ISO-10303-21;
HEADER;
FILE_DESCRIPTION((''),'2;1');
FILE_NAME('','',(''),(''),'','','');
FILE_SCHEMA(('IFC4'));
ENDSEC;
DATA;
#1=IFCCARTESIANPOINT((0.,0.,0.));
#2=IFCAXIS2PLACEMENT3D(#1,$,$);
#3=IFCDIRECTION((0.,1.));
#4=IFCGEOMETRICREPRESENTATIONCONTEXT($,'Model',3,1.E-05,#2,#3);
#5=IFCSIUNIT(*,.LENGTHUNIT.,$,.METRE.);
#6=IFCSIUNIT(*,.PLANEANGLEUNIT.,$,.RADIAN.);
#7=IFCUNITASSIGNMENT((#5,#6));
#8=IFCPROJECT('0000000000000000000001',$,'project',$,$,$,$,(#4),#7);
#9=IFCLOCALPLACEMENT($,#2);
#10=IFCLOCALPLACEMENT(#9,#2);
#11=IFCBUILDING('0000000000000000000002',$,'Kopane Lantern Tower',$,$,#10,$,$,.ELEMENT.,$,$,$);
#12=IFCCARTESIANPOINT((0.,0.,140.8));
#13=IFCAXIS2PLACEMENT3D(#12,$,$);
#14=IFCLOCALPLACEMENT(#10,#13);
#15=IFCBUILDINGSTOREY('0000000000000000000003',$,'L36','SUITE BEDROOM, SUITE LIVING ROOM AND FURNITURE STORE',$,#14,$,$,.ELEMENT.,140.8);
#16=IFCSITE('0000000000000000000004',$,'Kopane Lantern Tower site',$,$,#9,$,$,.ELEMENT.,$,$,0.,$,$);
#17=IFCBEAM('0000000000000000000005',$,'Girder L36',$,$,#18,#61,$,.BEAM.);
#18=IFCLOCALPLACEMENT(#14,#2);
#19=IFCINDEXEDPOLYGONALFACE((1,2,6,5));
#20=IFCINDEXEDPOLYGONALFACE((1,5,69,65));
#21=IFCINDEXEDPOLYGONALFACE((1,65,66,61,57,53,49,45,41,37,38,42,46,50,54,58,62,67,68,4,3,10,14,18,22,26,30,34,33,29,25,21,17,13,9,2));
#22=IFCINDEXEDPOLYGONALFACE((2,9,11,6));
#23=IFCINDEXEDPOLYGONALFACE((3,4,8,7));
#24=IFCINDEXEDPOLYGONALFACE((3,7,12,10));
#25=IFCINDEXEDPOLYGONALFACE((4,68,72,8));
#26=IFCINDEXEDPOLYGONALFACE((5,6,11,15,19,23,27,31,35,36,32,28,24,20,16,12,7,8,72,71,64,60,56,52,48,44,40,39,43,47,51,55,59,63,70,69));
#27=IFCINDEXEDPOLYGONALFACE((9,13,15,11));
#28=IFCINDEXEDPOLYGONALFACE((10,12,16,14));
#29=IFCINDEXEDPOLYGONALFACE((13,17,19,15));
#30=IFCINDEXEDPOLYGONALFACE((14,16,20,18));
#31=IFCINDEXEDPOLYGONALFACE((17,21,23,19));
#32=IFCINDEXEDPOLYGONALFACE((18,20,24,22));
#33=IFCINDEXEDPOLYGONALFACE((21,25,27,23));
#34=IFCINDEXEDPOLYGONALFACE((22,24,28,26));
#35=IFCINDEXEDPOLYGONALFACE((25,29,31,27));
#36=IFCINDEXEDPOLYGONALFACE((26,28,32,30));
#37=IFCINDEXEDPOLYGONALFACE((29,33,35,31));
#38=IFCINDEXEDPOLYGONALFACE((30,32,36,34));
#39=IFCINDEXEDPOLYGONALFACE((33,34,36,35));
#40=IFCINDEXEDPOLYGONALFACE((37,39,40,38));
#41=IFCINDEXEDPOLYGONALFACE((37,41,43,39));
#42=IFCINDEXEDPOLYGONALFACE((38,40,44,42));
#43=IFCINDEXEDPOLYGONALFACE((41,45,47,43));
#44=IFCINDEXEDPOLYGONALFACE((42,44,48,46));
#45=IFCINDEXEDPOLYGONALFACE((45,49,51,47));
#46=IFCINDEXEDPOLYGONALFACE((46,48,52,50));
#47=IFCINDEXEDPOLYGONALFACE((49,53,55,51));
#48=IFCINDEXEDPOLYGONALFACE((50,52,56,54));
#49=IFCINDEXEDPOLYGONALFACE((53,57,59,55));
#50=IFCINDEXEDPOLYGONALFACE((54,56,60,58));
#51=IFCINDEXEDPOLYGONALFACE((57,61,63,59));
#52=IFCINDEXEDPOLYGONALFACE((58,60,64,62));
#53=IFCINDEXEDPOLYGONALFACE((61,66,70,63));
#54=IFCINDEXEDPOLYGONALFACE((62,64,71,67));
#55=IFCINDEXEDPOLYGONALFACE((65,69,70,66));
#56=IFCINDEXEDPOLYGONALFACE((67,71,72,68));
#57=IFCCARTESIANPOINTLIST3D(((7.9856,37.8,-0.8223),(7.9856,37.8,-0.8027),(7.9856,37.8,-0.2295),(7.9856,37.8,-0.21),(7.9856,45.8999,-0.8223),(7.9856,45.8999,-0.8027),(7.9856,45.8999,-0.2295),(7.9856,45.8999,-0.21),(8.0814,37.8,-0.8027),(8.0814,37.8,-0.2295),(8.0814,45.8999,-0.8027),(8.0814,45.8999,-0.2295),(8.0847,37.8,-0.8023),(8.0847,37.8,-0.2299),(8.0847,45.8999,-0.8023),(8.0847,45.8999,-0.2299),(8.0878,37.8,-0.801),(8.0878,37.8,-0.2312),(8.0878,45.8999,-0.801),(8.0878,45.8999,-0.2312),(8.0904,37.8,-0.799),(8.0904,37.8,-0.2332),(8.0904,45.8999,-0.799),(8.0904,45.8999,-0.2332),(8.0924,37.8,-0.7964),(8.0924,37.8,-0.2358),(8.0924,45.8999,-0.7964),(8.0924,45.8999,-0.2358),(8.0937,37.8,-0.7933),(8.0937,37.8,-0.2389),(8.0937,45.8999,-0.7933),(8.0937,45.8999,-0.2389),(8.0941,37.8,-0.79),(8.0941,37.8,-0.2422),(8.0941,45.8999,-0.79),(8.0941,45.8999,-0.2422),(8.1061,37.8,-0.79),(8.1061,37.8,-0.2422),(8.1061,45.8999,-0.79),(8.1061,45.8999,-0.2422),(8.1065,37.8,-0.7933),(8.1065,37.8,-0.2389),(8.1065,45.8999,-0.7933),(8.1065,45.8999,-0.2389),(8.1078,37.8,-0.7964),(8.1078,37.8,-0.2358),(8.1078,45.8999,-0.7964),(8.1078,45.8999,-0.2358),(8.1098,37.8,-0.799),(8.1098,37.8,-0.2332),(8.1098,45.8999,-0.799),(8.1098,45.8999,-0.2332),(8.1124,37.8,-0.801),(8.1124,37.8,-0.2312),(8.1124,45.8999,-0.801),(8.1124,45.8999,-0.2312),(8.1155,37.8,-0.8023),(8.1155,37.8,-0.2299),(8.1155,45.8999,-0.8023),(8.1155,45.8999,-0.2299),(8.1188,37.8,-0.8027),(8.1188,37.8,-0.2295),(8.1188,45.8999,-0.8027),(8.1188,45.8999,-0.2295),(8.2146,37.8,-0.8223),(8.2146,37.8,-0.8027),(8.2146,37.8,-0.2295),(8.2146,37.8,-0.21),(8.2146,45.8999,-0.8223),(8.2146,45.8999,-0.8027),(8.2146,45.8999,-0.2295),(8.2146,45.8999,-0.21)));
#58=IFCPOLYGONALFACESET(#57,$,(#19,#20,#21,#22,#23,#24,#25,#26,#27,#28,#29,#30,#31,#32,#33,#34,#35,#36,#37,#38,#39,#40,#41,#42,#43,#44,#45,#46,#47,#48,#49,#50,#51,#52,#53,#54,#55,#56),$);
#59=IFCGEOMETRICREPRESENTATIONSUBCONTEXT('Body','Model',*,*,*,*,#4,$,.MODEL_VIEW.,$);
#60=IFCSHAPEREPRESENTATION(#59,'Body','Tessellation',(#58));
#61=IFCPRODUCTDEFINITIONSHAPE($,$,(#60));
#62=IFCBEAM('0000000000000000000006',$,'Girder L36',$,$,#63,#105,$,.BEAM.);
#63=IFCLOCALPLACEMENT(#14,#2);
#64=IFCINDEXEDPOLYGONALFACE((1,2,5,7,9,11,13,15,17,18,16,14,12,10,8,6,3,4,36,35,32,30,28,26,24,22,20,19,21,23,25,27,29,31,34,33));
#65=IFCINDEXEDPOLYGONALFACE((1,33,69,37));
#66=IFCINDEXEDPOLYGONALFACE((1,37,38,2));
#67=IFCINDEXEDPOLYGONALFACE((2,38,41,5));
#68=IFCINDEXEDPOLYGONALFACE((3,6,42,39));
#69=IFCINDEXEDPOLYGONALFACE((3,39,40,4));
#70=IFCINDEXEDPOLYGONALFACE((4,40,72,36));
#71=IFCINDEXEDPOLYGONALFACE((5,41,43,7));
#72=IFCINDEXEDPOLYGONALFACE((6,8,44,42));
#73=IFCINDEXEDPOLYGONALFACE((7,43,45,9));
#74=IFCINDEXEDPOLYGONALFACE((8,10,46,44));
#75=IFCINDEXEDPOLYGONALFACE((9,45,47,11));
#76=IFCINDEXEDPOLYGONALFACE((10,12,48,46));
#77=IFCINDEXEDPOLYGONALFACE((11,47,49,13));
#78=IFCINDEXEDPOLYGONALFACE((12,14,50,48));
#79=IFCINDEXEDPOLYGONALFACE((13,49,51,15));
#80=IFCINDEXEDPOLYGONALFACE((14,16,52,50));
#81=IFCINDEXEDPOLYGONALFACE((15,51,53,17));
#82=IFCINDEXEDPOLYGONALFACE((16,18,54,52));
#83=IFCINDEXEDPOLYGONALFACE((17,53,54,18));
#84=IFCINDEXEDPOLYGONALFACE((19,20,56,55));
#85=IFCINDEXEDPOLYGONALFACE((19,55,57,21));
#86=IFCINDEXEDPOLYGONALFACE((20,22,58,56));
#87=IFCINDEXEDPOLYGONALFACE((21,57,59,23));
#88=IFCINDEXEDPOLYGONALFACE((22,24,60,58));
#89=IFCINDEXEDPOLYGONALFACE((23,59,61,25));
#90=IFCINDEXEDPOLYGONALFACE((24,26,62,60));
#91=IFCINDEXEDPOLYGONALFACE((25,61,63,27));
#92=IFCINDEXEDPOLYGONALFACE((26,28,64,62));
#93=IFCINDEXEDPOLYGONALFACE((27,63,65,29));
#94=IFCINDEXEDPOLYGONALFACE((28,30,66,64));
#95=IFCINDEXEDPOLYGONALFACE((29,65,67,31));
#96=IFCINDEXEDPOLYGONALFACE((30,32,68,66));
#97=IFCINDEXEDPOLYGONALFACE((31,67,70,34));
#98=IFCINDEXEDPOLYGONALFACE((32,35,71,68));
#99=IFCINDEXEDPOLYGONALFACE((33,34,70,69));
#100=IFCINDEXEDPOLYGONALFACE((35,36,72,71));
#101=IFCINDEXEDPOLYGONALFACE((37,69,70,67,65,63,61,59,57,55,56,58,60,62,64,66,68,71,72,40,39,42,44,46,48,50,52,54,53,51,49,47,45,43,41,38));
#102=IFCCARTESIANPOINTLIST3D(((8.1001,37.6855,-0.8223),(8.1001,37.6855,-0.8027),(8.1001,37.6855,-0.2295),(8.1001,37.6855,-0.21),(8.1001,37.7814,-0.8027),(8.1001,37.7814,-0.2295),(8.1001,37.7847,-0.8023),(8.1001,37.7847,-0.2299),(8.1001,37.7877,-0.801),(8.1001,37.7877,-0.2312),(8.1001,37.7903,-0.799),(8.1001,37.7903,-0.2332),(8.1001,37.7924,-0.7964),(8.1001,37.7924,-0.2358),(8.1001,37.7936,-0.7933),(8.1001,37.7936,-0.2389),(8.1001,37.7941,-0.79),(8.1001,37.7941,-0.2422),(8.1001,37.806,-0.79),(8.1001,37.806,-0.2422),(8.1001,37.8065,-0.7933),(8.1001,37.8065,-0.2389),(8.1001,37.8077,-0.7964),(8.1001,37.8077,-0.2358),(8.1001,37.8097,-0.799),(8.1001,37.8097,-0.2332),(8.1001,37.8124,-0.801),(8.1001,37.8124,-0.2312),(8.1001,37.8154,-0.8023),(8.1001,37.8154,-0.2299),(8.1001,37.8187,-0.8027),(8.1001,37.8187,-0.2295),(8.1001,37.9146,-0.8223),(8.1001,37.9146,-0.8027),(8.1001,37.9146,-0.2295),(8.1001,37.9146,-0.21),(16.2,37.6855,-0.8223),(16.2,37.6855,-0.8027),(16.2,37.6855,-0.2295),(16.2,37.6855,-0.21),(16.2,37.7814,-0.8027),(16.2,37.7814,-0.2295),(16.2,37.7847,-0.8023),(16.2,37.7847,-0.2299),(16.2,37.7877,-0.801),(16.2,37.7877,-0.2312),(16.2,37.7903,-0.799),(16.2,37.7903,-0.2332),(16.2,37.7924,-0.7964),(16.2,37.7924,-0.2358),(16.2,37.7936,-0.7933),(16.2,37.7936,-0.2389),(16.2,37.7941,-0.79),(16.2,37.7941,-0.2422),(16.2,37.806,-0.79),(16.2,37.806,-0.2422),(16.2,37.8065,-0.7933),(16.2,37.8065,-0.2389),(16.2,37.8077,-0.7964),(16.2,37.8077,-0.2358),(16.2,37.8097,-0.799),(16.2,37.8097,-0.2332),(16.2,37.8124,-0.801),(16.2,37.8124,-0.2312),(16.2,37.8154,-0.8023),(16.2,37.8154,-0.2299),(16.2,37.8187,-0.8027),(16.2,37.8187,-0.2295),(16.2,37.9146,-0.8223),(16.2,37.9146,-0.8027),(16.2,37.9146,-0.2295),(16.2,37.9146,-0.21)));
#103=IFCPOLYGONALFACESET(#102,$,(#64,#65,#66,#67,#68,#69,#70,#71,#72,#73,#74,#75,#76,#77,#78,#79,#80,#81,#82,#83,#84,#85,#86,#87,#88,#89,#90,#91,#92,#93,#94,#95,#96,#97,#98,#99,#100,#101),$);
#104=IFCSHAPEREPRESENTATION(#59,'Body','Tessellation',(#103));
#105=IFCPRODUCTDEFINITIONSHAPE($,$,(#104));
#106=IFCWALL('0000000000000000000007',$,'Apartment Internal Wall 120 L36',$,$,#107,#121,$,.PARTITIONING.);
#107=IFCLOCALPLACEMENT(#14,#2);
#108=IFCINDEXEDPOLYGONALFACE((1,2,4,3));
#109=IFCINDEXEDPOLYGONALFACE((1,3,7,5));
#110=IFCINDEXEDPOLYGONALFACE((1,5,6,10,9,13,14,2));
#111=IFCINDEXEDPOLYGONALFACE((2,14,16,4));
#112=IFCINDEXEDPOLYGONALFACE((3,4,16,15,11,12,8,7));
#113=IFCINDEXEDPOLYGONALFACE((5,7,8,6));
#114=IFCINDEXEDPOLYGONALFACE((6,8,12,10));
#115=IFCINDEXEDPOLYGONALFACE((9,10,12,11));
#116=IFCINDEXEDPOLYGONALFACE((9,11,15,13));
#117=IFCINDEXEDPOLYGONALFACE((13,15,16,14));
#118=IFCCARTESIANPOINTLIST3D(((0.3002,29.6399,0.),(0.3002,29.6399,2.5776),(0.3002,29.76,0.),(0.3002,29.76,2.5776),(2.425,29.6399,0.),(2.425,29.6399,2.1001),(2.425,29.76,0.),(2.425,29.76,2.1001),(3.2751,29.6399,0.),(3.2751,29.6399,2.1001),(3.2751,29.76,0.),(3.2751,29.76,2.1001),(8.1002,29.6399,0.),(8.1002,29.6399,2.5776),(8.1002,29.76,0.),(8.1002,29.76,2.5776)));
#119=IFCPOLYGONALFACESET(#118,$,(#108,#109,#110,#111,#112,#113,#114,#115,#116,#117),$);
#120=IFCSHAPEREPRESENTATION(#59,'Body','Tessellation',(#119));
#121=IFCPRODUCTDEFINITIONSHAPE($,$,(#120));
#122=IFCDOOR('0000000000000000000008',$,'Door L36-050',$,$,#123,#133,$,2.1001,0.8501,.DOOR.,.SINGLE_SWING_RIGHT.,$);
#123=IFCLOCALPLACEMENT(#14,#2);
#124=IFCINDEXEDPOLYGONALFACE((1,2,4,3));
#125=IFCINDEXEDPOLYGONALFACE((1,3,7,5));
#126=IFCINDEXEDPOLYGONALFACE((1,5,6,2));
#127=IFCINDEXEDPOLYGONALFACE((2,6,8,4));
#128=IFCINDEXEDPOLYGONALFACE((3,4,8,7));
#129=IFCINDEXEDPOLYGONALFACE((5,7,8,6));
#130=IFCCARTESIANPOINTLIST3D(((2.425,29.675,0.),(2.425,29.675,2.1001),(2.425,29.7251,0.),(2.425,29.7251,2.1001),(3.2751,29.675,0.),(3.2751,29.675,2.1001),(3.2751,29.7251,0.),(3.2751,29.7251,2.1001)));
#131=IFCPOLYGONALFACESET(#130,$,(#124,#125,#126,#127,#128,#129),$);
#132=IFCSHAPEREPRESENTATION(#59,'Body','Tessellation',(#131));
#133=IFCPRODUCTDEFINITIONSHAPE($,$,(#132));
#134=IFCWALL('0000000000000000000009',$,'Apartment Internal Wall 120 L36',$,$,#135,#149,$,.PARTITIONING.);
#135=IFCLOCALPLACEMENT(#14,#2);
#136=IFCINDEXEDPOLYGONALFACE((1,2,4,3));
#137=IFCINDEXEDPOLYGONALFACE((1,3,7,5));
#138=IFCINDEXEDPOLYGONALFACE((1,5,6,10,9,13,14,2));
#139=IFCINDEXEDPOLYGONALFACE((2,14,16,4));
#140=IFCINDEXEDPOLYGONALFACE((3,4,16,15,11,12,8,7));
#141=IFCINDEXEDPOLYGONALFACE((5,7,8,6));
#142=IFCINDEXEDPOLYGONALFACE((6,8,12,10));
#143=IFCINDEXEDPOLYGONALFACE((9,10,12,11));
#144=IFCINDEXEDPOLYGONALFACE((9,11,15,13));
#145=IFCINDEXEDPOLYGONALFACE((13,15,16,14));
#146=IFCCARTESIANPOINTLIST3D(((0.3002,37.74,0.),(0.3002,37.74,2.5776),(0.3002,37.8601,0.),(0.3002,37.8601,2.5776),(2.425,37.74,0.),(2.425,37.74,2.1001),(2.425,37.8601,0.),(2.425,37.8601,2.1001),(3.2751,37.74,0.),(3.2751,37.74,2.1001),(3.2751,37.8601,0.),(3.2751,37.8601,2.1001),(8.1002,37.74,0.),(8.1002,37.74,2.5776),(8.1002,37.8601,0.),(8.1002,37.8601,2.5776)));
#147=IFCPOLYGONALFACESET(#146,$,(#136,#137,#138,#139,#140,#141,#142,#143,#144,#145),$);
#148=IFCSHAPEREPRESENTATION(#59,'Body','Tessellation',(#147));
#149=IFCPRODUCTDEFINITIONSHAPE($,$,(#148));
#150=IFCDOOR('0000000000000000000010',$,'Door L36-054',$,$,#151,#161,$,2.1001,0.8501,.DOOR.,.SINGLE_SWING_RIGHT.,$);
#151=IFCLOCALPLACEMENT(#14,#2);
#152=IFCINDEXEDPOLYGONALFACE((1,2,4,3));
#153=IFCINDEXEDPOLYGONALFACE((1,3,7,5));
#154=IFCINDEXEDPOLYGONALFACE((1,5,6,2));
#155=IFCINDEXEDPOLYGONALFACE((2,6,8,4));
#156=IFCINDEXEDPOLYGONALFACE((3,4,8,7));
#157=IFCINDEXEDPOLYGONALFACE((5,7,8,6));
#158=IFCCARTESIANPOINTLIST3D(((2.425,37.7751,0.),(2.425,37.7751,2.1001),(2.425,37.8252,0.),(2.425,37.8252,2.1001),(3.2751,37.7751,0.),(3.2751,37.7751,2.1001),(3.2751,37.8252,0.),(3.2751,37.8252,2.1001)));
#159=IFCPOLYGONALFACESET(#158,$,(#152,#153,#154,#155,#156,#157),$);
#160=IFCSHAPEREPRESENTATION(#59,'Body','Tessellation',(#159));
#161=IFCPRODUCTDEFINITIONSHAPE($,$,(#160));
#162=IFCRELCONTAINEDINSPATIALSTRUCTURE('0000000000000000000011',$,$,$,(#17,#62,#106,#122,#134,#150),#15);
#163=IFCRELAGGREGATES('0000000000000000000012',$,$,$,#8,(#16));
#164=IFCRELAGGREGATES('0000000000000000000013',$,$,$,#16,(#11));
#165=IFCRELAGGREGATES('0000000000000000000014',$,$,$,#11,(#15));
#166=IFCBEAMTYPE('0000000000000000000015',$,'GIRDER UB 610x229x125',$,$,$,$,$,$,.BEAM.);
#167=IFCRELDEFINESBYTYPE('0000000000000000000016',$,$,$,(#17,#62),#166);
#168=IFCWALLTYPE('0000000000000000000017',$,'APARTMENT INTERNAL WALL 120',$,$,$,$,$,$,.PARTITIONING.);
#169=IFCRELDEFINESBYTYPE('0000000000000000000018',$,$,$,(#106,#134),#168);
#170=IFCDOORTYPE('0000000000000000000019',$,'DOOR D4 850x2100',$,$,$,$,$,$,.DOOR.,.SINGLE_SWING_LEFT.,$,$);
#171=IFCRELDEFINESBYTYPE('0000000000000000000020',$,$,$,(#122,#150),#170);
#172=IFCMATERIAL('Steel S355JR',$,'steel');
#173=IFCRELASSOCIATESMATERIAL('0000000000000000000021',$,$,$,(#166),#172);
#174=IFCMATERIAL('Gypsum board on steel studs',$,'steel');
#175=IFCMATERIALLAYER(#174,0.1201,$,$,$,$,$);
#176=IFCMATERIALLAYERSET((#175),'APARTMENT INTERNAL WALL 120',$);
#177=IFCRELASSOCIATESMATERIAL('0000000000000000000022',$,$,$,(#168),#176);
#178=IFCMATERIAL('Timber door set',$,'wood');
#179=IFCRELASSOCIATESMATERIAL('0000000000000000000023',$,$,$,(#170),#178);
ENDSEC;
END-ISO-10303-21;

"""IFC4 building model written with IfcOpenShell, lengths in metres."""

from ifc_helpers import new_model, si_unit, direction, frame, frame_2d, origin, origin_2d, place, context, subcontext, project, spatial, rectangle, i_section, extrude, material, layer, layer_set, material_profile, profile_set, type_object, element, fill, save


model = new_model("IFC4")

# Units and contexts
model_context = context("Model", 3, precision=1e-05, world=origin(), true_north=direction((0.0, 1.0)))
body_context = subcontext(model_context, "Body", "Model", "MODEL_VIEW")
ifc_project = project(units=[si_unit("LENGTHUNIT", "METRE"), si_unit("PLANEANGLEUNIT", "RADIAN")], contexts=[model_context])

# Site, building, storey
site_placement = place(None, origin())
site = spatial("IfcSite", under=ifc_project, at=site_placement, Name="Kopane Lantern Tower site", CompositionType="ELEMENT", RefElevation=0.0)
building_placement = place(site_placement, origin())
building = spatial("IfcBuilding", under=site, at=building_placement, Name="Kopane Lantern Tower", CompositionType="ELEMENT")
storey_placement = place(building_placement, frame((0.0, 0.0, 140.8)))
storey = spatial("IfcBuildingStorey", under=building, at=storey_placement, Name="L36", Description="SUITE BEDROOM, SUITE LIVING ROOM AND FURNITURE STORE", CompositionType="ELEMENT", Elevation=140.8)

# Beams
ifc_material_1 = material(Name="Steel S355JR", Category="steel")
ifc_material_profile_1 = material_profile(ifc_material_1, i_section(OverallWidth=0.229, OverallDepth=0.6123, WebThickness=0.012, FlangeThickness=0.0195, FilletRadius=0.0127, at=origin_2d()), Name="UB 610x229x125")
ifc_profile_set_1 = profile_set([ifc_material_profile_1], Name="Steel S355JR")
beam_type = type_object("IfcBeamType", Name="GIRDER UB 610x229x125", PredefinedType="BEAM", material=ifc_profile_set_1)
for number, where, z_axis, x_axis, name in (
    (1, (8.1001, 37.8, -0.5161), (0.0, 1.0, 0.0), (-1.0, 0.0, 0.0), "Girder L36"),
    (2, (8.1001, 37.8, -0.5161), (1.0, 0.0, 0.0), (0.0, 1.0, 0.0), "Girder L36"),
):
    element("IfcBeam", number, at=place(storey_placement, frame(where, z_axis=z_axis, x_axis=x_axis)), inside=storey, type_object=beam_type, Name=name, PredefinedType="BEAM", context=body_context, shape_type="SweptSolid", body=[
        extrude(i_section(OverallWidth=0.229, OverallDepth=0.6123, WebThickness=0.012, FlangeThickness=0.0195, FilletRadius=0.0127, at=origin_2d()), origin(), (0.0, 0.0, 1.0), 8.0999),
    ])

# Walls, openings, doors
ifc_material_2 = material(Name="Gypsum board on steel studs", Category="steel")
ifc_layer_1 = layer(ifc_material_2, 0.1201)
ifc_layer_set_1 = layer_set([ifc_layer_1], Name="APARTMENT INTERNAL WALL 120")
wall_type_1 = type_object("IfcWallType", Name="APARTMENT INTERNAL WALL 120", PredefinedType="PARTITIONING", material=ifc_layer_set_1)
wall_1_placement = place(storey_placement, frame((8.1001, 29.7, 0.0), z_axis=(0.0, 0.0, 1.0), x_axis=(-1.0, 0.0, 0.0)))
wall_1 = element("IfcWall", 3, at=wall_1_placement, inside=storey, type_object=wall_type_1, Name="Apartment Internal Wall 120 L36", PredefinedType="PARTITIONING", context=body_context, shape_type="SweptSolid", body=[
    extrude(rectangle(XDim=7.8, YDim=0.1201, at=frame_2d((3.8999, 0.0))), origin(), (0.0, 0.0, 1.0), 2.5776),
])
opening_1_placement = place(wall_1_placement, frame((4.825, 0.0, 0.0)))
opening_1 = element("IfcOpeningElement", 4, at=opening_1_placement, cuts=wall_1, PredefinedType="OPENING", context=body_context, shape_type="SweptSolid", body=[
    extrude(rectangle(XDim=0.8501, YDim=2.1001, at=frame_2d((0.425, 1.05))), frame((0.0, 0.0701, 0.0), z_axis=(0.0, -1.0, 0.0), x_axis=(1.0, 0.0, 0.0)), (0.0, 0.0, 1.0), 0.1401),
])
ifc_material_3 = material(Name="Timber door set", Category="wood")
door_type_1 = type_object("IfcDoorType", Name="DOOR D4 850x2100", OperationType="SINGLE_SWING_LEFT", PredefinedType="DOOR", material=ifc_material_3)
door_1_placement = place(opening_1_placement, origin())
door_1 = element("IfcDoor", 5, at=door_1_placement, inside=storey, type_object=door_type_1, Name="Door L36-050", OperationType="SINGLE_SWING_RIGHT", OverallHeight=2.1001, OverallWidth=0.8501, PredefinedType="DOOR", context=body_context, shape_type="SweptSolid", body=[
    extrude(rectangle(XDim=0.8501, YDim=2.1001, at=frame_2d((0.425, 1.05))), frame((0.0, 0.0249, 0.0), z_axis=(0.0, -1.0, 0.0), x_axis=(1.0, 0.0, 0.0)), (0.0, 0.0, 1.0), 0.05),
])
fill(opening_1, door_1)
wall_2_placement = place(storey_placement, frame((8.1001, 37.8, 0.0), z_axis=(0.0, 0.0, 1.0), x_axis=(-1.0, 0.0, 0.0)))
wall_2 = element("IfcWall", 6, at=wall_2_placement, inside=storey, type_object=wall_type_1, Name="Apartment Internal Wall 120 L36", PredefinedType="PARTITIONING", context=body_context, shape_type="SweptSolid", body=[
    extrude(rectangle(XDim=7.8, YDim=0.1201, at=frame_2d((3.8999, 0.0))), origin(), (0.0, 0.0, 1.0), 2.5776),
])
opening_2_placement = place(wall_2_placement, frame((4.825, 0.0, 0.0)))
opening_2 = element("IfcOpeningElement", 7, at=opening_2_placement, cuts=wall_2, PredefinedType="OPENING", context=body_context, shape_type="SweptSolid", body=[
    extrude(rectangle(XDim=0.8501, YDim=2.1001, at=frame_2d((0.425, 1.05))), frame((0.0, 0.0701, 0.0), z_axis=(0.0, -1.0, 0.0), x_axis=(1.0, 0.0, 0.0)), (0.0, 0.0, 1.0), 0.1401),
])
door_2_placement = place(opening_2_placement, origin())
door_2 = element("IfcDoor", 8, at=door_2_placement, inside=storey, type_object=door_type_1, Name="Door L36-054", OperationType="SINGLE_SWING_RIGHT", OverallHeight=2.1001, OverallWidth=0.8501, PredefinedType="DOOR", context=body_context, shape_type="SweptSolid", body=[
    extrude(rectangle(XDim=0.8501, YDim=2.1001, at=frame_2d((0.425, 1.05))), frame((0.0, 0.0249, 0.0), z_axis=(0.0, -1.0, 0.0), x_axis=(1.0, 0.0, 0.0)), (0.0, 0.0, 1.0), 0.05),
])
fill(opening_2, door_2)

save(model, "model.ifc")
